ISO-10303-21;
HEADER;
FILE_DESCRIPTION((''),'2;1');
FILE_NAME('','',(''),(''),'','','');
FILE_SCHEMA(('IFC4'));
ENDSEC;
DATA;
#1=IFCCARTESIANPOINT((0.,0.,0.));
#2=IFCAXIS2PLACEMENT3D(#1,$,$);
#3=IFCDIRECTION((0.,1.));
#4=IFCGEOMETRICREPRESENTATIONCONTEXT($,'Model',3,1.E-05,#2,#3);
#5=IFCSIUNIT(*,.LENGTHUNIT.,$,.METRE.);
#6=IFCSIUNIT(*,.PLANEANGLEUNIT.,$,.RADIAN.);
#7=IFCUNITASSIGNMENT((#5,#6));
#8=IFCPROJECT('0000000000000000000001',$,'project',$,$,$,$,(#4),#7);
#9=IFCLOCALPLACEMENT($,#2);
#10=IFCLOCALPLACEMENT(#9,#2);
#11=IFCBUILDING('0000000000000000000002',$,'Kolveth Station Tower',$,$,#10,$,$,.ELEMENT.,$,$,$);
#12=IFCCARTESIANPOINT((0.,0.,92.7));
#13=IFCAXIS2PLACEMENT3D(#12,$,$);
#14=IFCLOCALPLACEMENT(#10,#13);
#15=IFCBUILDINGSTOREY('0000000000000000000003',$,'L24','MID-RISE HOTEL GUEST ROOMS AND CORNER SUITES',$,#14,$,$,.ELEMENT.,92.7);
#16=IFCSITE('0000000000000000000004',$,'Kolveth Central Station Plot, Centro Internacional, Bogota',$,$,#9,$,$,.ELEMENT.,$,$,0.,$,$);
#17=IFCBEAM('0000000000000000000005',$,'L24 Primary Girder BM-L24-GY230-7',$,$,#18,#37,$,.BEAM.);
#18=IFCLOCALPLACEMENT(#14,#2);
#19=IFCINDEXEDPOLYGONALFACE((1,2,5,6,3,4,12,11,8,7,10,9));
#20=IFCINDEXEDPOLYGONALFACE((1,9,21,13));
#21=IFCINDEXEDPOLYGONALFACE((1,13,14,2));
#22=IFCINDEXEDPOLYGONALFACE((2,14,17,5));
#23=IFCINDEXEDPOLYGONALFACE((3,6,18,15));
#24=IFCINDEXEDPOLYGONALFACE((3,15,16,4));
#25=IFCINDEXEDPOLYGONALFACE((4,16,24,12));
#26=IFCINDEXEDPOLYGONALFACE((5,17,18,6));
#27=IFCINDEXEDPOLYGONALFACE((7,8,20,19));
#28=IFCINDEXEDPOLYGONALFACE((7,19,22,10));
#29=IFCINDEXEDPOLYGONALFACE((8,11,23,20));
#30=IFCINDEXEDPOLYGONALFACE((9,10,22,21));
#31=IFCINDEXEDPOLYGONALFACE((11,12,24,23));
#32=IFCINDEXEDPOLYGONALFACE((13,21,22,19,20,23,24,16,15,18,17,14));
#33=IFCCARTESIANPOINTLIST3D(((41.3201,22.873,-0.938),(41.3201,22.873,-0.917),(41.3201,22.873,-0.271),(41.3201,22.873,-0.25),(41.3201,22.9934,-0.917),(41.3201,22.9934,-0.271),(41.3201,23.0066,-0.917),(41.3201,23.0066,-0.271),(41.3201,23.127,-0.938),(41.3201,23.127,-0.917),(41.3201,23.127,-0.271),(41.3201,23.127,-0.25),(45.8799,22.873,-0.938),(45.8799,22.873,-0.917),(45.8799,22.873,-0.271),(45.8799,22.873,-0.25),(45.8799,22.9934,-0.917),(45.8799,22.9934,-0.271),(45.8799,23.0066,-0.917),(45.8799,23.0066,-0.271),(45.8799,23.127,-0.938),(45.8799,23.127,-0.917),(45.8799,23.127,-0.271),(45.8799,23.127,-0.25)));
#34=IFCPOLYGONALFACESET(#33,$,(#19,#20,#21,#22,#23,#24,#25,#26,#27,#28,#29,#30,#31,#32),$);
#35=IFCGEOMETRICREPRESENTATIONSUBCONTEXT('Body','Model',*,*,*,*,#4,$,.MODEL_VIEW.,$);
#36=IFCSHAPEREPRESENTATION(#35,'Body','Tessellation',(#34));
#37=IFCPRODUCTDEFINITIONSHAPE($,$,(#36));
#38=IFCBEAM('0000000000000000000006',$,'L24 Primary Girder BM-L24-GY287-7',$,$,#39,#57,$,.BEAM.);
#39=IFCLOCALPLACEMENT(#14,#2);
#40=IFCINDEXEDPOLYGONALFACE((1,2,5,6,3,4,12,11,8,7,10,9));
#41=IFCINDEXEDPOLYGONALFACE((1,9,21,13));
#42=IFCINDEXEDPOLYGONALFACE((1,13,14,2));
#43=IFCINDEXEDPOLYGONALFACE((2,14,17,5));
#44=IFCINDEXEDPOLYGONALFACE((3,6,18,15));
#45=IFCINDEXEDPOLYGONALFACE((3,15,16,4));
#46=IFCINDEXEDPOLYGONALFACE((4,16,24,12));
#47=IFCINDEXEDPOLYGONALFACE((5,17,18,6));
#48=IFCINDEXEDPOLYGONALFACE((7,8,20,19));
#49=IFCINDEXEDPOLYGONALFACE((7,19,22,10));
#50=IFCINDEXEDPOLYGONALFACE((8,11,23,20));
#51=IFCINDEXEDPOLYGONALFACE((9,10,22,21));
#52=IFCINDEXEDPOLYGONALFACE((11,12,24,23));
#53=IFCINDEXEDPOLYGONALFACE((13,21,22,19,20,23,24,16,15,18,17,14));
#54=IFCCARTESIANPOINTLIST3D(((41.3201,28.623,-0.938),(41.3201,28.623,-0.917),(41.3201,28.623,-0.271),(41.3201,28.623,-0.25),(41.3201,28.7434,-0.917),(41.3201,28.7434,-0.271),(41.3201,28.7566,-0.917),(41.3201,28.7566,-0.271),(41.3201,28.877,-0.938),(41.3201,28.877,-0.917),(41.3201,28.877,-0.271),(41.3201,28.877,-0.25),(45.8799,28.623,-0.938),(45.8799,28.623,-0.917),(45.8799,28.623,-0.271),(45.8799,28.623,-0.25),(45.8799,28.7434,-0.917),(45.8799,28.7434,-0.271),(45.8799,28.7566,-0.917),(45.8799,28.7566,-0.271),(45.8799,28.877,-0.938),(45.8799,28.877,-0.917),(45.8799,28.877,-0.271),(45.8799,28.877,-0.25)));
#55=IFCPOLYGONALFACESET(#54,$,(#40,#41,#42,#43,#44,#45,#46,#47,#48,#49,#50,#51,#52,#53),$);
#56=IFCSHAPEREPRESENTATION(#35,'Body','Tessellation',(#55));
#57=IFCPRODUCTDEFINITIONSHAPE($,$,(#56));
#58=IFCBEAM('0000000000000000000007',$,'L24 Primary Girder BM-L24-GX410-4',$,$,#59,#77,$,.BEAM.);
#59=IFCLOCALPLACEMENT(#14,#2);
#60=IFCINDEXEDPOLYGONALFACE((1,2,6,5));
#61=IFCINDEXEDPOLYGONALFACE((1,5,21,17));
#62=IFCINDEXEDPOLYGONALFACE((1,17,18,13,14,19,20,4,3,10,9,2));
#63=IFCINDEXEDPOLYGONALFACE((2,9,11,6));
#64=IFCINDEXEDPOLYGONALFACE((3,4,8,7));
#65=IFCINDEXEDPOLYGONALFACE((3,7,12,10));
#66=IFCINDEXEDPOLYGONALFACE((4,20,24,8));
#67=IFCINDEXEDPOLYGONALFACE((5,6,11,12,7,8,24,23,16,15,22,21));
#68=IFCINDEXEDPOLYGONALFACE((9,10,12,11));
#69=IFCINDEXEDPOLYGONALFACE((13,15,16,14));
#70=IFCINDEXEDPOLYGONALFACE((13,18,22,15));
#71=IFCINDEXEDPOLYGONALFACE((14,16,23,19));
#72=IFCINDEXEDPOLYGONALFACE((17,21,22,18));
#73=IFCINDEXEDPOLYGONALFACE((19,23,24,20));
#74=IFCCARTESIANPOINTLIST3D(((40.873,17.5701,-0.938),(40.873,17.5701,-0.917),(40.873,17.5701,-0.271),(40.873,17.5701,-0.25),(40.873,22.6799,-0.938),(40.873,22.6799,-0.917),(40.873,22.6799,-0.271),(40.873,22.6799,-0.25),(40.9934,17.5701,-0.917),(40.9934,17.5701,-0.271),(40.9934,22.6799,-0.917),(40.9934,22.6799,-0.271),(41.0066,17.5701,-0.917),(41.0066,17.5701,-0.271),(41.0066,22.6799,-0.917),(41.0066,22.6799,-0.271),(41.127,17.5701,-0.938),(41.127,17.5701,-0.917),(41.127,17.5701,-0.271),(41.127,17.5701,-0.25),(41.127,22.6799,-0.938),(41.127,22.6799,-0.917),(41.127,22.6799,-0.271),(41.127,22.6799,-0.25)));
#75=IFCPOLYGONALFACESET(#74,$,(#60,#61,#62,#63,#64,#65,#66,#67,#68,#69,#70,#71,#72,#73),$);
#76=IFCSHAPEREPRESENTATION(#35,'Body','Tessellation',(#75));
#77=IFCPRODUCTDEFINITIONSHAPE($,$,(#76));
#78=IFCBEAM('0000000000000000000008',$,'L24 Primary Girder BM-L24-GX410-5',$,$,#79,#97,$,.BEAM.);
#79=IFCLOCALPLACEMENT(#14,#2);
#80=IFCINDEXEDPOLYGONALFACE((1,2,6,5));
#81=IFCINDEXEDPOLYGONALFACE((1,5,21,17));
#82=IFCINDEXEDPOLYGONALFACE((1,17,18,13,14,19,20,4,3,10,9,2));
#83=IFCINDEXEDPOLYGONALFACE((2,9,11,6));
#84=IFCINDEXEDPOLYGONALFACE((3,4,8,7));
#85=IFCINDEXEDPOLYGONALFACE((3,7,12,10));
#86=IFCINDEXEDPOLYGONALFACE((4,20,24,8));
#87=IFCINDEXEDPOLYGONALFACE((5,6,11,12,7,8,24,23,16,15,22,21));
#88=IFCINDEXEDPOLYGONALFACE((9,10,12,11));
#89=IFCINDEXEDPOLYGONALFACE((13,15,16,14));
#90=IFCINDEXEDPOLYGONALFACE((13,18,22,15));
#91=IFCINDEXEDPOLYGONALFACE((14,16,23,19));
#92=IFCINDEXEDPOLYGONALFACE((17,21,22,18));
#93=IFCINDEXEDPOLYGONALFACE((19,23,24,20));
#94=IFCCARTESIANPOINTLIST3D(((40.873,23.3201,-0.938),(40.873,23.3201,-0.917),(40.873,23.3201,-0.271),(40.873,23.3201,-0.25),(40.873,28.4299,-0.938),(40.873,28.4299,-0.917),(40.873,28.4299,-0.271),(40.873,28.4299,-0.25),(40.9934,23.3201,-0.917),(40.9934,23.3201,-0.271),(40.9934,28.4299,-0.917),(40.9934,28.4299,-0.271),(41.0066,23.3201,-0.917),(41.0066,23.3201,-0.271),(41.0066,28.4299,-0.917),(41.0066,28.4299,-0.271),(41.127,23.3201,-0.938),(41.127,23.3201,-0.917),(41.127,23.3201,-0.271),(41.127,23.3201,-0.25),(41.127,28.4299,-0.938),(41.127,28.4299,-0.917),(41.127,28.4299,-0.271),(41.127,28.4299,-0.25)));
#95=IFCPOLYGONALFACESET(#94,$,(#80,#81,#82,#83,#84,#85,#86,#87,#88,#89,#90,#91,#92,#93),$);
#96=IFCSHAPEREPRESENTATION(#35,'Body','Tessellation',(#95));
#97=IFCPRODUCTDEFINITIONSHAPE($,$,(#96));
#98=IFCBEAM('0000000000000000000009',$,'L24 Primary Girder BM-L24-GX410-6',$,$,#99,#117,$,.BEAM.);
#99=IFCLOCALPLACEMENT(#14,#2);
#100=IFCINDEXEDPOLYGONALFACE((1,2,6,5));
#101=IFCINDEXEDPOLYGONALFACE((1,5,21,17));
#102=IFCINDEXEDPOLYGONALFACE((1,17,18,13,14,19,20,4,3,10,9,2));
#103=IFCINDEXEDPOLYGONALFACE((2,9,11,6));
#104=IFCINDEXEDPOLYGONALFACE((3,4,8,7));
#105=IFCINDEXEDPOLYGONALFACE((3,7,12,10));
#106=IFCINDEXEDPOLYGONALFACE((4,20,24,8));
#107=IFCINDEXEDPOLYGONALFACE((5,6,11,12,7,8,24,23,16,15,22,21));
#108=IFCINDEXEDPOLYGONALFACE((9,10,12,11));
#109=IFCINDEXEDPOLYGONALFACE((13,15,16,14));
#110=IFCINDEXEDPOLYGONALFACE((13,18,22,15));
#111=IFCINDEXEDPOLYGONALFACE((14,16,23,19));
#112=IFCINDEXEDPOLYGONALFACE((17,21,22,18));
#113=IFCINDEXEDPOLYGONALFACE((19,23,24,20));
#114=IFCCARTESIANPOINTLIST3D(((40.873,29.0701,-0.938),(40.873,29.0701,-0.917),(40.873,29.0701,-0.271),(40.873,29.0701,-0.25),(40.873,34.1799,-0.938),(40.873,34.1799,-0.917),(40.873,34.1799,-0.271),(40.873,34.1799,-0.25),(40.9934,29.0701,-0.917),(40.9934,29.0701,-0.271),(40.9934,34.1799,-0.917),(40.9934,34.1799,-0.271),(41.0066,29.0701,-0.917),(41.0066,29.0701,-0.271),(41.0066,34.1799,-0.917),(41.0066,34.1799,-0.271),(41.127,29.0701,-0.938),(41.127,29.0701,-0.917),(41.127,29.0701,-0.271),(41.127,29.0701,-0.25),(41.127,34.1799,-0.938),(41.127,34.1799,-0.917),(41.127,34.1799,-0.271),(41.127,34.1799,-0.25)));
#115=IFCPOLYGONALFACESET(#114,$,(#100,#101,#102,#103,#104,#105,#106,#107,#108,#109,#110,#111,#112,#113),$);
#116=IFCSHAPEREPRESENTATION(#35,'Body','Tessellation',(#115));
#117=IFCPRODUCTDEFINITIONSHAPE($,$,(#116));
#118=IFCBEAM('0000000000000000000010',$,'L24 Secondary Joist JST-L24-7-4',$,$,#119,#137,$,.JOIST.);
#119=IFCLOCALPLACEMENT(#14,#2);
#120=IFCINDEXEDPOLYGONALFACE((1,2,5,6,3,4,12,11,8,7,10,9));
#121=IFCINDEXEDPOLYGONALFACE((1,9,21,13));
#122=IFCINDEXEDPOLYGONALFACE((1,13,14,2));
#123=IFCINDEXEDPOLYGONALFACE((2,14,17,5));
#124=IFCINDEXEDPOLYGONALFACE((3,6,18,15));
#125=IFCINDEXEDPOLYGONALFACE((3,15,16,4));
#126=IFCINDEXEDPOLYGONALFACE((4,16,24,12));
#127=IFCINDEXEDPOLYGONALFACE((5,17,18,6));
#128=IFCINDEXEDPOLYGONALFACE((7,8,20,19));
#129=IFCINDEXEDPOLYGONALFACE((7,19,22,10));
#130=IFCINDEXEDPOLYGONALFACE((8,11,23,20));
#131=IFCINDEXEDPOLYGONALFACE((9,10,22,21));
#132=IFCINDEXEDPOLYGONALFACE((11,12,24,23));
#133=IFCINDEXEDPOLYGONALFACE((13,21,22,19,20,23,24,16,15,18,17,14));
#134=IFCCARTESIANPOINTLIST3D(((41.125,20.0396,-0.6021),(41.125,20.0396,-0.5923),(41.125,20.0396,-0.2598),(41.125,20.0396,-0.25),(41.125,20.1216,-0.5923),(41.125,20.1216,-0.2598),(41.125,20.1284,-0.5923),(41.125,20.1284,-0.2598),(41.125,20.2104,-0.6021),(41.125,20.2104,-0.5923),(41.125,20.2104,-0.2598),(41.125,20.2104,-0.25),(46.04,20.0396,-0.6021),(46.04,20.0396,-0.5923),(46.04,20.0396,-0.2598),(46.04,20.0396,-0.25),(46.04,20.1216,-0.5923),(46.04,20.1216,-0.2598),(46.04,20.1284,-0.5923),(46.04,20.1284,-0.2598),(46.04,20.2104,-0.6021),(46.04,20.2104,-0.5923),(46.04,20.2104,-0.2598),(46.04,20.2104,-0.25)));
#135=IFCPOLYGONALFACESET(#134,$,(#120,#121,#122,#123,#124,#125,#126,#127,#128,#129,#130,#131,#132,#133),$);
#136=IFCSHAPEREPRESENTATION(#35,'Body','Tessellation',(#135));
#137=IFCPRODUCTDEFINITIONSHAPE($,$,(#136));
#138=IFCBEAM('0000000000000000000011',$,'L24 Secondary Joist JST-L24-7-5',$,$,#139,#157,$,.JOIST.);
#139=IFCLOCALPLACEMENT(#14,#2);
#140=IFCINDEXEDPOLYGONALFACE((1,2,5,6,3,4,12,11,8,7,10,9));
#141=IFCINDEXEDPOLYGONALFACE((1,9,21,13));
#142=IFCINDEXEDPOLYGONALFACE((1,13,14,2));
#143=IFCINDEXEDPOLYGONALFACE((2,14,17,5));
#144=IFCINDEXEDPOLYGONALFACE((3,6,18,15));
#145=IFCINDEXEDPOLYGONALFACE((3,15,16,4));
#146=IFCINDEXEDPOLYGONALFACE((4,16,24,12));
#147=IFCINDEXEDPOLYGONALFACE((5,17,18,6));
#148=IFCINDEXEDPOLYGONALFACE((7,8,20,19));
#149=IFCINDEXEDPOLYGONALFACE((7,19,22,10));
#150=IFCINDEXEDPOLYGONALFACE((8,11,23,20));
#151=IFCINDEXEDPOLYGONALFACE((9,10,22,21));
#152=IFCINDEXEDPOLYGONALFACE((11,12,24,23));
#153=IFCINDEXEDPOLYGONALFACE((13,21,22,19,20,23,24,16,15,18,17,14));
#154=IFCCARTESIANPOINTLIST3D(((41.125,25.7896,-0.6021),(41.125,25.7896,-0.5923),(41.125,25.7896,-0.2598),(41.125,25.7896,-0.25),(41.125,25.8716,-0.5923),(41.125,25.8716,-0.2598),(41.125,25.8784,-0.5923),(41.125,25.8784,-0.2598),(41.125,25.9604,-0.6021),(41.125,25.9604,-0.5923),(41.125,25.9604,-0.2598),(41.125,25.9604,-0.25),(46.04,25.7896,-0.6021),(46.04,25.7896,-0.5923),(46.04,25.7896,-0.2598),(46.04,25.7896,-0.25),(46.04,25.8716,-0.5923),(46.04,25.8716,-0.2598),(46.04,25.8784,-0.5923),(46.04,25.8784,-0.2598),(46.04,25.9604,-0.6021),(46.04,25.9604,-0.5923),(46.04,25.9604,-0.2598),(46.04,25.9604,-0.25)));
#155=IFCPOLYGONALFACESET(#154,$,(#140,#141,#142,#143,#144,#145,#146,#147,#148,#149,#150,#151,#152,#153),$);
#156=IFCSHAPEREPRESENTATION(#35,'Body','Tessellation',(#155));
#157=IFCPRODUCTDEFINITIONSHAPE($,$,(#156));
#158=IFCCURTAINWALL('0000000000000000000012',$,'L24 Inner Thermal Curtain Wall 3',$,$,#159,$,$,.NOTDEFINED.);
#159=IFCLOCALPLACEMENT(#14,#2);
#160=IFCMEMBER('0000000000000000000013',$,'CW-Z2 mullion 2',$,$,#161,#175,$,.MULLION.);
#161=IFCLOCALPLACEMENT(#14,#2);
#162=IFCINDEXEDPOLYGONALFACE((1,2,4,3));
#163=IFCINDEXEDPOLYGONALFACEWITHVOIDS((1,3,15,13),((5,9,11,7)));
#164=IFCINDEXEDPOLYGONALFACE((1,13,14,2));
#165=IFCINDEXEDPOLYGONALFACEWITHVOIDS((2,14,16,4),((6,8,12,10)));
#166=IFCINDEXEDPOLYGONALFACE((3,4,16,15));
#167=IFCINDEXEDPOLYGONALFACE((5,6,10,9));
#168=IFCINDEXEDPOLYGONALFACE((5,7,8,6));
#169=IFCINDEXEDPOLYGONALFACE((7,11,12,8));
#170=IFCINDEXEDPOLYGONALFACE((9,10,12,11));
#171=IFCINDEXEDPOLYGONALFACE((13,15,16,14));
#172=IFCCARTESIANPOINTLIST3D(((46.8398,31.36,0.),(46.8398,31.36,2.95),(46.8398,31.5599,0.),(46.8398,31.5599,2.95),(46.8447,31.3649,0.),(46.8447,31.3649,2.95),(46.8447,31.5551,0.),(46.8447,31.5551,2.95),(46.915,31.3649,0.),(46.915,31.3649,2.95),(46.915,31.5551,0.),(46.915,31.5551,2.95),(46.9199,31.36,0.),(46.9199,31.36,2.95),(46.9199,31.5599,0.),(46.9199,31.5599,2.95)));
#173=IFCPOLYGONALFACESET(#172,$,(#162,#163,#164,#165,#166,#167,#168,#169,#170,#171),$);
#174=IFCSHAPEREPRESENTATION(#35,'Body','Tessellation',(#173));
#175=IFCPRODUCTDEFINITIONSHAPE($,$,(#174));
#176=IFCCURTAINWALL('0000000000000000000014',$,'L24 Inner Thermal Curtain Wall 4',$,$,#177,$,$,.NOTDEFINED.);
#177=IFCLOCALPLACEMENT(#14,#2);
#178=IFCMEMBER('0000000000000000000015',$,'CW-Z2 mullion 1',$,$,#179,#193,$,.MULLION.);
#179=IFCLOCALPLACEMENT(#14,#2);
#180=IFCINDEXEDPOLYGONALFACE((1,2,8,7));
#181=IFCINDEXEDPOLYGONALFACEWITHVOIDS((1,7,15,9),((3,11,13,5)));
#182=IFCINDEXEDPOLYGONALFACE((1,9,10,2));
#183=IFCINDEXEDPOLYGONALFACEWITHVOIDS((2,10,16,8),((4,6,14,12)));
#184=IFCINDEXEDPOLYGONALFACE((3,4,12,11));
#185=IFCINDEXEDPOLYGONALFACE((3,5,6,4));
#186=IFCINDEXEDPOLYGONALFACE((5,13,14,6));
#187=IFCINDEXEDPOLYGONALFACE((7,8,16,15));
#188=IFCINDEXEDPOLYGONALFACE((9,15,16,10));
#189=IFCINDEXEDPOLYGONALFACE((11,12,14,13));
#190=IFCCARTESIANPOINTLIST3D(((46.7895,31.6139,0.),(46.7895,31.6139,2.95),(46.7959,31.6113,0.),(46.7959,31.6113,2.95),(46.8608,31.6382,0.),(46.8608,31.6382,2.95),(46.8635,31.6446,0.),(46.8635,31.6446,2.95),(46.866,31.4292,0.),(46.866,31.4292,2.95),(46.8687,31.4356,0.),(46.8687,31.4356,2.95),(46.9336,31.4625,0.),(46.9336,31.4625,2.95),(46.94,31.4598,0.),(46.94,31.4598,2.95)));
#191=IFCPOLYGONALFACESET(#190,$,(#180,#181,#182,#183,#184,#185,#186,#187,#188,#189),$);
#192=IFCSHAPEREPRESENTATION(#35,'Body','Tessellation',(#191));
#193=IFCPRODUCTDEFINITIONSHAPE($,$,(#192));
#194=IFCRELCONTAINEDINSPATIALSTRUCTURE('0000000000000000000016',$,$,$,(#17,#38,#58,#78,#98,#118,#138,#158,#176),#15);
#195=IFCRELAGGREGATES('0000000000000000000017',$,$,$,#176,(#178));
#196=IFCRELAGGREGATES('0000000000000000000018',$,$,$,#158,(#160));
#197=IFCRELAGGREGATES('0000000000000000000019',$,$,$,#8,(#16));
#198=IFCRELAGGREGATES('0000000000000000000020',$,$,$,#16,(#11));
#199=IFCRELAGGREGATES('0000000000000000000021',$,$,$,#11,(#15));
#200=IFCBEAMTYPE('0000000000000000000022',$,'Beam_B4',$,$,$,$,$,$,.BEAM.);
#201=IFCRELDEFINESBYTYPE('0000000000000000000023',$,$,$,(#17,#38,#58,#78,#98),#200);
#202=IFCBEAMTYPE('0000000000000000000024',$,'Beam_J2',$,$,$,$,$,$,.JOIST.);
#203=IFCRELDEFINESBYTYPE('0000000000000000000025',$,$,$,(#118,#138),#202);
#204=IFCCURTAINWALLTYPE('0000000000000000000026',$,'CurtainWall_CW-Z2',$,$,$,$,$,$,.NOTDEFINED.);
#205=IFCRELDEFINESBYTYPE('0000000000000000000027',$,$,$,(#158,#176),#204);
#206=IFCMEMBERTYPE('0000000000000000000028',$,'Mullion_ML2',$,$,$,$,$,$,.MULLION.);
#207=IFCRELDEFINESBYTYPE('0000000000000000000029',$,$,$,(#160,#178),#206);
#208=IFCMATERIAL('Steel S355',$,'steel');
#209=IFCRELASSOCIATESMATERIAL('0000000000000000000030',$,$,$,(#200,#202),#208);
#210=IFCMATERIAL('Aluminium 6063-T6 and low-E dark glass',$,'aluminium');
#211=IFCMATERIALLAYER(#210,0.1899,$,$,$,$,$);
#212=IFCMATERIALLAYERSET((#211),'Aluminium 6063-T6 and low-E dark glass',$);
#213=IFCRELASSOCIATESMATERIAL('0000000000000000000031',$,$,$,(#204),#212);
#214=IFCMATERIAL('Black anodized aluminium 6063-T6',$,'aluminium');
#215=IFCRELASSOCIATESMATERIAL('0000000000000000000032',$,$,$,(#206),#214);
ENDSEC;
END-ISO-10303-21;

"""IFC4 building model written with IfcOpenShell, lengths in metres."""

from ifc_helpers import new_model, si_unit, direction, frame, origin, origin_2d, place, context, subcontext, project, spatial, hollow_rectangle, i_section, extrude, source, transform, mapped, material, layer, layer_set, material_profile, profile_set, type_object, element, aggregate, save


model = new_model("IFC4")

# Units and contexts
model_context = context("Model", 3, precision=1e-05, world=origin(), true_north=direction((0.0, 1.0)))
body_context = subcontext(model_context, "Body", "Model", "MODEL_VIEW")
ifc_project = project(units=[si_unit("LENGTHUNIT", "METRE"), si_unit("PLANEANGLEUNIT", "RADIAN")], contexts=[model_context])

# Site, building, storey
site_placement = place(None, origin())
site = spatial("IfcSite", under=ifc_project, at=site_placement, Name="Kolveth Central Station Plot, Centro Internacional, Bogota", CompositionType="ELEMENT", RefElevation=0.0)
building_placement = place(site_placement, origin())
building = spatial("IfcBuilding", under=site, at=building_placement, Name="Kolveth Station Tower", CompositionType="ELEMENT")
storey_placement = place(building_placement, frame((0.0, 0.0, 92.7)))
storey = spatial("IfcBuildingStorey", under=building, at=storey_placement, Name="L24", Description="MID-RISE HOTEL GUEST ROOMS AND CORNER SUITES", CompositionType="ELEMENT", Elevation=92.7)

# Beams
ifc_material_1 = material(Name="Steel S355", Category="steel")
ifc_material_profile_1 = material_profile(ifc_material_1, i_section(OverallWidth=0.2539, OverallDepth=0.688, WebThickness=0.0132, FlangeThickness=0.021, at=origin_2d()), Name="W690x152")
ifc_profile_set_1 = profile_set([ifc_material_profile_1], Name="Steel S355")
beam_type_1 = type_object("IfcBeamType", Name="Beam_B4", PredefinedType="BEAM", material=ifc_profile_set_1)
shared_shape_1 = source(origin(), body_context, "Body", "SweptSolid", [
    extrude(i_section(OverallWidth=0.2539, OverallDepth=0.688, WebThickness=0.0132, FlangeThickness=0.021, at=origin_2d()), origin(), (0.0, 0.0, 1.0), 4.5598),
])
for number, where, z_axis, x_axis, name in (
    (1, (41.3201, 23.0, -0.594), (1.0, 0.0, 0.0), (0.0, 1.0, 0.0), "L24 Primary Girder BM-L24-GY230-7"),
    (2, (41.3201, 28.75, -0.594), (1.0, 0.0, 0.0), (0.0, 1.0, 0.0), "L24 Primary Girder BM-L24-GY287-7"),
):
    element("IfcBeam", number, at=place(storey_placement, frame(where, z_axis=z_axis, x_axis=x_axis)), inside=storey, type_object=beam_type_1, Name=name, PredefinedType="BEAM", context=body_context, shape_type="MappedRepresentation", body=[
        mapped(shared_shape_1, transform((0.0, 0.0, 0.0), x_axis=(1.0, 0.0, 0.0), y_axis=(0.0, 1.0, 0.0), z_axis=(0.0, 0.0, 1.0), scale=1.0)),
    ])
shared_shape_2 = source(origin(), body_context, "Body", "SweptSolid", [
    extrude(i_section(OverallWidth=0.2539, OverallDepth=0.688, WebThickness=0.0132, FlangeThickness=0.021, at=origin_2d()), origin(), (0.0, 0.0, 1.0), 5.1099),
])
for number, where, z_axis, x_axis, name in (
    (3, (41.0, 17.5701, -0.594), (0.0, 1.0, 0.0), (-1.0, 0.0, 0.0), "L24 Primary Girder BM-L24-GX410-4"),
    (4, (41.0, 23.3201, -0.594), (0.0, 1.0, 0.0), (-1.0, 0.0, 0.0), "L24 Primary Girder BM-L24-GX410-5"),
    (5, (41.0, 29.0701, -0.594), (0.0, 1.0, 0.0), (-1.0, 0.0, 0.0), "L24 Primary Girder BM-L24-GX410-6"),
):
    element("IfcBeam", number, at=place(storey_placement, frame(where, z_axis=z_axis, x_axis=x_axis)), inside=storey, type_object=beam_type_1, Name=name, PredefinedType="BEAM", context=body_context, shape_type="MappedRepresentation", body=[
        mapped(shared_shape_2, transform((0.0, 0.0, 0.0), x_axis=(1.0, 0.0, 0.0), y_axis=(0.0, 1.0, 0.0), z_axis=(0.0, 0.0, 1.0), scale=1.0)),
    ])
ifc_material_profile_2 = material_profile(ifc_material_1, i_section(OverallWidth=0.1709, OverallDepth=0.3521, WebThickness=0.0068, FlangeThickness=0.0098, at=origin_2d()), Name="W360x44")
ifc_profile_set_2 = profile_set([ifc_material_profile_2], Name="Steel S355")
beam_type_2 = type_object("IfcBeamType", Name="Beam_J2", PredefinedType="JOIST", material=ifc_profile_set_2)
shared_shape_3 = source(origin(), body_context, "Body", "SweptSolid", [
    extrude(i_section(OverallWidth=0.1709, OverallDepth=0.3521, WebThickness=0.0068, FlangeThickness=0.0098, at=origin_2d()), origin(), (0.0, 0.0, 1.0), 4.915),
])
for number, where, z_axis, x_axis, name in (
    (6, (41.125, 20.125, -0.426), (1.0, 0.0, 0.0), (0.0, 1.0, 0.0), "L24 Secondary Joist JST-L24-7-4"),
    (7, (41.125, 25.875, -0.426), (1.0, 0.0, 0.0), (0.0, 1.0, 0.0), "L24 Secondary Joist JST-L24-7-5"),
):
    element("IfcBeam", number, at=place(storey_placement, frame(where, z_axis=z_axis, x_axis=x_axis)), inside=storey, type_object=beam_type_2, Name=name, PredefinedType="JOIST", context=body_context, shape_type="MappedRepresentation", body=[
        mapped(shared_shape_3, transform((0.0, 0.0, 0.0), x_axis=(1.0, 0.0, 0.0), y_axis=(0.0, 1.0, 0.0), z_axis=(0.0, 0.0, 1.0), scale=1.0)),
    ])

# Curtain wall, member
ifc_material_2 = material(Name="Aluminium 6063-T6 and low-E dark glass", Category="aluminium")
ifc_layer_1 = layer(ifc_material_2, 0.1899)
ifc_layer_set_1 = layer_set([ifc_layer_1], Name="Aluminium 6063-T6 and low-E dark glass")
curtain_wall_type = type_object("IfcCurtainWallType", Name="CurtainWall_CW-Z2", PredefinedType="NOTDEFINED", material=ifc_layer_set_1)
curtain_wall_1_placement = place(storey_placement, origin())
curtain_wall_1 = element("IfcCurtainWall", 8, at=curtain_wall_1_placement, inside=storey, type_object=curtain_wall_type, Name="L24 Inner Thermal Curtain Wall 3", PredefinedType="NOTDEFINED")
ifc_material_3 = material(Name="Black anodized aluminium 6063-T6", Category="aluminium")
ifc_material_profile_3 = material_profile(ifc_material_3, hollow_rectangle(XDim=0.0801, YDim=0.2, WallThickness=0.0049, at=origin_2d()), Name="ALU-80x200x5")
ifc_profile_set_3 = profile_set([ifc_material_profile_3], Name="Black anodized aluminium 6063-T6")
member_type_1 = type_object("IfcMemberType", Name="Mullion_ML2", PredefinedType="MULLION", material=ifc_profile_set_3)
shared_shape_4 = source(origin(), body_context, "Body", "SweptSolid", [
    extrude(hollow_rectangle(XDim=0.0801, YDim=0.2, WallThickness=0.0049, at=origin_2d()), origin(), (0.0, 0.0, 1.0), 2.95),
])
member_1_placement = place(storey_placement, frame((46.8799, 31.46, 0.0), z_axis=(0.0, 0.0, 1.0), x_axis=(-1.0, 0.0, 0.0)))
member_1 = element("IfcMember", 9, at=member_1_placement, type_object=member_type_1, Name="CW-Z2 mullion 2", PredefinedType="MULLION", context=body_context, shape_type="MappedRepresentation", body=[
    mapped(shared_shape_4, transform((0.0, 0.0, 0.0), x_axis=(1.0, 0.0, 0.0), y_axis=(0.0, 1.0, 0.0), z_axis=(0.0, 0.0, 1.0), scale=1.0)),
])

# Curtain wall, member
curtain_wall_2_placement = place(storey_placement, origin())
curtain_wall_2 = element("IfcCurtainWall", 10, at=curtain_wall_2_placement, inside=storey, type_object=curtain_wall_type, Name="L24 Inner Thermal Curtain Wall 4", PredefinedType="NOTDEFINED")
member_2_placement = place(storey_placement, frame((46.8647, 31.5369, 0.0), z_axis=(0.0, 0.0, 1.0), x_axis=(-0.923888, -0.382663, 0.0)))
member_2 = element("IfcMember", 11, at=member_2_placement, type_object=member_type_1, Name="CW-Z2 mullion 1", PredefinedType="MULLION", context=body_context, shape_type="MappedRepresentation", body=[
    mapped(shared_shape_4, transform((0.0, 0.0, 0.0), x_axis=(1.0, 0.0, 0.0), y_axis=(0.0, 1.0, 0.0), z_axis=(0.0, 0.0, 1.0), scale=1.0)),
])
aggregate(curtain_wall_2, [member_2])

aggregate(curtain_wall_1, [member_1])

save(model, "model.ifc")
